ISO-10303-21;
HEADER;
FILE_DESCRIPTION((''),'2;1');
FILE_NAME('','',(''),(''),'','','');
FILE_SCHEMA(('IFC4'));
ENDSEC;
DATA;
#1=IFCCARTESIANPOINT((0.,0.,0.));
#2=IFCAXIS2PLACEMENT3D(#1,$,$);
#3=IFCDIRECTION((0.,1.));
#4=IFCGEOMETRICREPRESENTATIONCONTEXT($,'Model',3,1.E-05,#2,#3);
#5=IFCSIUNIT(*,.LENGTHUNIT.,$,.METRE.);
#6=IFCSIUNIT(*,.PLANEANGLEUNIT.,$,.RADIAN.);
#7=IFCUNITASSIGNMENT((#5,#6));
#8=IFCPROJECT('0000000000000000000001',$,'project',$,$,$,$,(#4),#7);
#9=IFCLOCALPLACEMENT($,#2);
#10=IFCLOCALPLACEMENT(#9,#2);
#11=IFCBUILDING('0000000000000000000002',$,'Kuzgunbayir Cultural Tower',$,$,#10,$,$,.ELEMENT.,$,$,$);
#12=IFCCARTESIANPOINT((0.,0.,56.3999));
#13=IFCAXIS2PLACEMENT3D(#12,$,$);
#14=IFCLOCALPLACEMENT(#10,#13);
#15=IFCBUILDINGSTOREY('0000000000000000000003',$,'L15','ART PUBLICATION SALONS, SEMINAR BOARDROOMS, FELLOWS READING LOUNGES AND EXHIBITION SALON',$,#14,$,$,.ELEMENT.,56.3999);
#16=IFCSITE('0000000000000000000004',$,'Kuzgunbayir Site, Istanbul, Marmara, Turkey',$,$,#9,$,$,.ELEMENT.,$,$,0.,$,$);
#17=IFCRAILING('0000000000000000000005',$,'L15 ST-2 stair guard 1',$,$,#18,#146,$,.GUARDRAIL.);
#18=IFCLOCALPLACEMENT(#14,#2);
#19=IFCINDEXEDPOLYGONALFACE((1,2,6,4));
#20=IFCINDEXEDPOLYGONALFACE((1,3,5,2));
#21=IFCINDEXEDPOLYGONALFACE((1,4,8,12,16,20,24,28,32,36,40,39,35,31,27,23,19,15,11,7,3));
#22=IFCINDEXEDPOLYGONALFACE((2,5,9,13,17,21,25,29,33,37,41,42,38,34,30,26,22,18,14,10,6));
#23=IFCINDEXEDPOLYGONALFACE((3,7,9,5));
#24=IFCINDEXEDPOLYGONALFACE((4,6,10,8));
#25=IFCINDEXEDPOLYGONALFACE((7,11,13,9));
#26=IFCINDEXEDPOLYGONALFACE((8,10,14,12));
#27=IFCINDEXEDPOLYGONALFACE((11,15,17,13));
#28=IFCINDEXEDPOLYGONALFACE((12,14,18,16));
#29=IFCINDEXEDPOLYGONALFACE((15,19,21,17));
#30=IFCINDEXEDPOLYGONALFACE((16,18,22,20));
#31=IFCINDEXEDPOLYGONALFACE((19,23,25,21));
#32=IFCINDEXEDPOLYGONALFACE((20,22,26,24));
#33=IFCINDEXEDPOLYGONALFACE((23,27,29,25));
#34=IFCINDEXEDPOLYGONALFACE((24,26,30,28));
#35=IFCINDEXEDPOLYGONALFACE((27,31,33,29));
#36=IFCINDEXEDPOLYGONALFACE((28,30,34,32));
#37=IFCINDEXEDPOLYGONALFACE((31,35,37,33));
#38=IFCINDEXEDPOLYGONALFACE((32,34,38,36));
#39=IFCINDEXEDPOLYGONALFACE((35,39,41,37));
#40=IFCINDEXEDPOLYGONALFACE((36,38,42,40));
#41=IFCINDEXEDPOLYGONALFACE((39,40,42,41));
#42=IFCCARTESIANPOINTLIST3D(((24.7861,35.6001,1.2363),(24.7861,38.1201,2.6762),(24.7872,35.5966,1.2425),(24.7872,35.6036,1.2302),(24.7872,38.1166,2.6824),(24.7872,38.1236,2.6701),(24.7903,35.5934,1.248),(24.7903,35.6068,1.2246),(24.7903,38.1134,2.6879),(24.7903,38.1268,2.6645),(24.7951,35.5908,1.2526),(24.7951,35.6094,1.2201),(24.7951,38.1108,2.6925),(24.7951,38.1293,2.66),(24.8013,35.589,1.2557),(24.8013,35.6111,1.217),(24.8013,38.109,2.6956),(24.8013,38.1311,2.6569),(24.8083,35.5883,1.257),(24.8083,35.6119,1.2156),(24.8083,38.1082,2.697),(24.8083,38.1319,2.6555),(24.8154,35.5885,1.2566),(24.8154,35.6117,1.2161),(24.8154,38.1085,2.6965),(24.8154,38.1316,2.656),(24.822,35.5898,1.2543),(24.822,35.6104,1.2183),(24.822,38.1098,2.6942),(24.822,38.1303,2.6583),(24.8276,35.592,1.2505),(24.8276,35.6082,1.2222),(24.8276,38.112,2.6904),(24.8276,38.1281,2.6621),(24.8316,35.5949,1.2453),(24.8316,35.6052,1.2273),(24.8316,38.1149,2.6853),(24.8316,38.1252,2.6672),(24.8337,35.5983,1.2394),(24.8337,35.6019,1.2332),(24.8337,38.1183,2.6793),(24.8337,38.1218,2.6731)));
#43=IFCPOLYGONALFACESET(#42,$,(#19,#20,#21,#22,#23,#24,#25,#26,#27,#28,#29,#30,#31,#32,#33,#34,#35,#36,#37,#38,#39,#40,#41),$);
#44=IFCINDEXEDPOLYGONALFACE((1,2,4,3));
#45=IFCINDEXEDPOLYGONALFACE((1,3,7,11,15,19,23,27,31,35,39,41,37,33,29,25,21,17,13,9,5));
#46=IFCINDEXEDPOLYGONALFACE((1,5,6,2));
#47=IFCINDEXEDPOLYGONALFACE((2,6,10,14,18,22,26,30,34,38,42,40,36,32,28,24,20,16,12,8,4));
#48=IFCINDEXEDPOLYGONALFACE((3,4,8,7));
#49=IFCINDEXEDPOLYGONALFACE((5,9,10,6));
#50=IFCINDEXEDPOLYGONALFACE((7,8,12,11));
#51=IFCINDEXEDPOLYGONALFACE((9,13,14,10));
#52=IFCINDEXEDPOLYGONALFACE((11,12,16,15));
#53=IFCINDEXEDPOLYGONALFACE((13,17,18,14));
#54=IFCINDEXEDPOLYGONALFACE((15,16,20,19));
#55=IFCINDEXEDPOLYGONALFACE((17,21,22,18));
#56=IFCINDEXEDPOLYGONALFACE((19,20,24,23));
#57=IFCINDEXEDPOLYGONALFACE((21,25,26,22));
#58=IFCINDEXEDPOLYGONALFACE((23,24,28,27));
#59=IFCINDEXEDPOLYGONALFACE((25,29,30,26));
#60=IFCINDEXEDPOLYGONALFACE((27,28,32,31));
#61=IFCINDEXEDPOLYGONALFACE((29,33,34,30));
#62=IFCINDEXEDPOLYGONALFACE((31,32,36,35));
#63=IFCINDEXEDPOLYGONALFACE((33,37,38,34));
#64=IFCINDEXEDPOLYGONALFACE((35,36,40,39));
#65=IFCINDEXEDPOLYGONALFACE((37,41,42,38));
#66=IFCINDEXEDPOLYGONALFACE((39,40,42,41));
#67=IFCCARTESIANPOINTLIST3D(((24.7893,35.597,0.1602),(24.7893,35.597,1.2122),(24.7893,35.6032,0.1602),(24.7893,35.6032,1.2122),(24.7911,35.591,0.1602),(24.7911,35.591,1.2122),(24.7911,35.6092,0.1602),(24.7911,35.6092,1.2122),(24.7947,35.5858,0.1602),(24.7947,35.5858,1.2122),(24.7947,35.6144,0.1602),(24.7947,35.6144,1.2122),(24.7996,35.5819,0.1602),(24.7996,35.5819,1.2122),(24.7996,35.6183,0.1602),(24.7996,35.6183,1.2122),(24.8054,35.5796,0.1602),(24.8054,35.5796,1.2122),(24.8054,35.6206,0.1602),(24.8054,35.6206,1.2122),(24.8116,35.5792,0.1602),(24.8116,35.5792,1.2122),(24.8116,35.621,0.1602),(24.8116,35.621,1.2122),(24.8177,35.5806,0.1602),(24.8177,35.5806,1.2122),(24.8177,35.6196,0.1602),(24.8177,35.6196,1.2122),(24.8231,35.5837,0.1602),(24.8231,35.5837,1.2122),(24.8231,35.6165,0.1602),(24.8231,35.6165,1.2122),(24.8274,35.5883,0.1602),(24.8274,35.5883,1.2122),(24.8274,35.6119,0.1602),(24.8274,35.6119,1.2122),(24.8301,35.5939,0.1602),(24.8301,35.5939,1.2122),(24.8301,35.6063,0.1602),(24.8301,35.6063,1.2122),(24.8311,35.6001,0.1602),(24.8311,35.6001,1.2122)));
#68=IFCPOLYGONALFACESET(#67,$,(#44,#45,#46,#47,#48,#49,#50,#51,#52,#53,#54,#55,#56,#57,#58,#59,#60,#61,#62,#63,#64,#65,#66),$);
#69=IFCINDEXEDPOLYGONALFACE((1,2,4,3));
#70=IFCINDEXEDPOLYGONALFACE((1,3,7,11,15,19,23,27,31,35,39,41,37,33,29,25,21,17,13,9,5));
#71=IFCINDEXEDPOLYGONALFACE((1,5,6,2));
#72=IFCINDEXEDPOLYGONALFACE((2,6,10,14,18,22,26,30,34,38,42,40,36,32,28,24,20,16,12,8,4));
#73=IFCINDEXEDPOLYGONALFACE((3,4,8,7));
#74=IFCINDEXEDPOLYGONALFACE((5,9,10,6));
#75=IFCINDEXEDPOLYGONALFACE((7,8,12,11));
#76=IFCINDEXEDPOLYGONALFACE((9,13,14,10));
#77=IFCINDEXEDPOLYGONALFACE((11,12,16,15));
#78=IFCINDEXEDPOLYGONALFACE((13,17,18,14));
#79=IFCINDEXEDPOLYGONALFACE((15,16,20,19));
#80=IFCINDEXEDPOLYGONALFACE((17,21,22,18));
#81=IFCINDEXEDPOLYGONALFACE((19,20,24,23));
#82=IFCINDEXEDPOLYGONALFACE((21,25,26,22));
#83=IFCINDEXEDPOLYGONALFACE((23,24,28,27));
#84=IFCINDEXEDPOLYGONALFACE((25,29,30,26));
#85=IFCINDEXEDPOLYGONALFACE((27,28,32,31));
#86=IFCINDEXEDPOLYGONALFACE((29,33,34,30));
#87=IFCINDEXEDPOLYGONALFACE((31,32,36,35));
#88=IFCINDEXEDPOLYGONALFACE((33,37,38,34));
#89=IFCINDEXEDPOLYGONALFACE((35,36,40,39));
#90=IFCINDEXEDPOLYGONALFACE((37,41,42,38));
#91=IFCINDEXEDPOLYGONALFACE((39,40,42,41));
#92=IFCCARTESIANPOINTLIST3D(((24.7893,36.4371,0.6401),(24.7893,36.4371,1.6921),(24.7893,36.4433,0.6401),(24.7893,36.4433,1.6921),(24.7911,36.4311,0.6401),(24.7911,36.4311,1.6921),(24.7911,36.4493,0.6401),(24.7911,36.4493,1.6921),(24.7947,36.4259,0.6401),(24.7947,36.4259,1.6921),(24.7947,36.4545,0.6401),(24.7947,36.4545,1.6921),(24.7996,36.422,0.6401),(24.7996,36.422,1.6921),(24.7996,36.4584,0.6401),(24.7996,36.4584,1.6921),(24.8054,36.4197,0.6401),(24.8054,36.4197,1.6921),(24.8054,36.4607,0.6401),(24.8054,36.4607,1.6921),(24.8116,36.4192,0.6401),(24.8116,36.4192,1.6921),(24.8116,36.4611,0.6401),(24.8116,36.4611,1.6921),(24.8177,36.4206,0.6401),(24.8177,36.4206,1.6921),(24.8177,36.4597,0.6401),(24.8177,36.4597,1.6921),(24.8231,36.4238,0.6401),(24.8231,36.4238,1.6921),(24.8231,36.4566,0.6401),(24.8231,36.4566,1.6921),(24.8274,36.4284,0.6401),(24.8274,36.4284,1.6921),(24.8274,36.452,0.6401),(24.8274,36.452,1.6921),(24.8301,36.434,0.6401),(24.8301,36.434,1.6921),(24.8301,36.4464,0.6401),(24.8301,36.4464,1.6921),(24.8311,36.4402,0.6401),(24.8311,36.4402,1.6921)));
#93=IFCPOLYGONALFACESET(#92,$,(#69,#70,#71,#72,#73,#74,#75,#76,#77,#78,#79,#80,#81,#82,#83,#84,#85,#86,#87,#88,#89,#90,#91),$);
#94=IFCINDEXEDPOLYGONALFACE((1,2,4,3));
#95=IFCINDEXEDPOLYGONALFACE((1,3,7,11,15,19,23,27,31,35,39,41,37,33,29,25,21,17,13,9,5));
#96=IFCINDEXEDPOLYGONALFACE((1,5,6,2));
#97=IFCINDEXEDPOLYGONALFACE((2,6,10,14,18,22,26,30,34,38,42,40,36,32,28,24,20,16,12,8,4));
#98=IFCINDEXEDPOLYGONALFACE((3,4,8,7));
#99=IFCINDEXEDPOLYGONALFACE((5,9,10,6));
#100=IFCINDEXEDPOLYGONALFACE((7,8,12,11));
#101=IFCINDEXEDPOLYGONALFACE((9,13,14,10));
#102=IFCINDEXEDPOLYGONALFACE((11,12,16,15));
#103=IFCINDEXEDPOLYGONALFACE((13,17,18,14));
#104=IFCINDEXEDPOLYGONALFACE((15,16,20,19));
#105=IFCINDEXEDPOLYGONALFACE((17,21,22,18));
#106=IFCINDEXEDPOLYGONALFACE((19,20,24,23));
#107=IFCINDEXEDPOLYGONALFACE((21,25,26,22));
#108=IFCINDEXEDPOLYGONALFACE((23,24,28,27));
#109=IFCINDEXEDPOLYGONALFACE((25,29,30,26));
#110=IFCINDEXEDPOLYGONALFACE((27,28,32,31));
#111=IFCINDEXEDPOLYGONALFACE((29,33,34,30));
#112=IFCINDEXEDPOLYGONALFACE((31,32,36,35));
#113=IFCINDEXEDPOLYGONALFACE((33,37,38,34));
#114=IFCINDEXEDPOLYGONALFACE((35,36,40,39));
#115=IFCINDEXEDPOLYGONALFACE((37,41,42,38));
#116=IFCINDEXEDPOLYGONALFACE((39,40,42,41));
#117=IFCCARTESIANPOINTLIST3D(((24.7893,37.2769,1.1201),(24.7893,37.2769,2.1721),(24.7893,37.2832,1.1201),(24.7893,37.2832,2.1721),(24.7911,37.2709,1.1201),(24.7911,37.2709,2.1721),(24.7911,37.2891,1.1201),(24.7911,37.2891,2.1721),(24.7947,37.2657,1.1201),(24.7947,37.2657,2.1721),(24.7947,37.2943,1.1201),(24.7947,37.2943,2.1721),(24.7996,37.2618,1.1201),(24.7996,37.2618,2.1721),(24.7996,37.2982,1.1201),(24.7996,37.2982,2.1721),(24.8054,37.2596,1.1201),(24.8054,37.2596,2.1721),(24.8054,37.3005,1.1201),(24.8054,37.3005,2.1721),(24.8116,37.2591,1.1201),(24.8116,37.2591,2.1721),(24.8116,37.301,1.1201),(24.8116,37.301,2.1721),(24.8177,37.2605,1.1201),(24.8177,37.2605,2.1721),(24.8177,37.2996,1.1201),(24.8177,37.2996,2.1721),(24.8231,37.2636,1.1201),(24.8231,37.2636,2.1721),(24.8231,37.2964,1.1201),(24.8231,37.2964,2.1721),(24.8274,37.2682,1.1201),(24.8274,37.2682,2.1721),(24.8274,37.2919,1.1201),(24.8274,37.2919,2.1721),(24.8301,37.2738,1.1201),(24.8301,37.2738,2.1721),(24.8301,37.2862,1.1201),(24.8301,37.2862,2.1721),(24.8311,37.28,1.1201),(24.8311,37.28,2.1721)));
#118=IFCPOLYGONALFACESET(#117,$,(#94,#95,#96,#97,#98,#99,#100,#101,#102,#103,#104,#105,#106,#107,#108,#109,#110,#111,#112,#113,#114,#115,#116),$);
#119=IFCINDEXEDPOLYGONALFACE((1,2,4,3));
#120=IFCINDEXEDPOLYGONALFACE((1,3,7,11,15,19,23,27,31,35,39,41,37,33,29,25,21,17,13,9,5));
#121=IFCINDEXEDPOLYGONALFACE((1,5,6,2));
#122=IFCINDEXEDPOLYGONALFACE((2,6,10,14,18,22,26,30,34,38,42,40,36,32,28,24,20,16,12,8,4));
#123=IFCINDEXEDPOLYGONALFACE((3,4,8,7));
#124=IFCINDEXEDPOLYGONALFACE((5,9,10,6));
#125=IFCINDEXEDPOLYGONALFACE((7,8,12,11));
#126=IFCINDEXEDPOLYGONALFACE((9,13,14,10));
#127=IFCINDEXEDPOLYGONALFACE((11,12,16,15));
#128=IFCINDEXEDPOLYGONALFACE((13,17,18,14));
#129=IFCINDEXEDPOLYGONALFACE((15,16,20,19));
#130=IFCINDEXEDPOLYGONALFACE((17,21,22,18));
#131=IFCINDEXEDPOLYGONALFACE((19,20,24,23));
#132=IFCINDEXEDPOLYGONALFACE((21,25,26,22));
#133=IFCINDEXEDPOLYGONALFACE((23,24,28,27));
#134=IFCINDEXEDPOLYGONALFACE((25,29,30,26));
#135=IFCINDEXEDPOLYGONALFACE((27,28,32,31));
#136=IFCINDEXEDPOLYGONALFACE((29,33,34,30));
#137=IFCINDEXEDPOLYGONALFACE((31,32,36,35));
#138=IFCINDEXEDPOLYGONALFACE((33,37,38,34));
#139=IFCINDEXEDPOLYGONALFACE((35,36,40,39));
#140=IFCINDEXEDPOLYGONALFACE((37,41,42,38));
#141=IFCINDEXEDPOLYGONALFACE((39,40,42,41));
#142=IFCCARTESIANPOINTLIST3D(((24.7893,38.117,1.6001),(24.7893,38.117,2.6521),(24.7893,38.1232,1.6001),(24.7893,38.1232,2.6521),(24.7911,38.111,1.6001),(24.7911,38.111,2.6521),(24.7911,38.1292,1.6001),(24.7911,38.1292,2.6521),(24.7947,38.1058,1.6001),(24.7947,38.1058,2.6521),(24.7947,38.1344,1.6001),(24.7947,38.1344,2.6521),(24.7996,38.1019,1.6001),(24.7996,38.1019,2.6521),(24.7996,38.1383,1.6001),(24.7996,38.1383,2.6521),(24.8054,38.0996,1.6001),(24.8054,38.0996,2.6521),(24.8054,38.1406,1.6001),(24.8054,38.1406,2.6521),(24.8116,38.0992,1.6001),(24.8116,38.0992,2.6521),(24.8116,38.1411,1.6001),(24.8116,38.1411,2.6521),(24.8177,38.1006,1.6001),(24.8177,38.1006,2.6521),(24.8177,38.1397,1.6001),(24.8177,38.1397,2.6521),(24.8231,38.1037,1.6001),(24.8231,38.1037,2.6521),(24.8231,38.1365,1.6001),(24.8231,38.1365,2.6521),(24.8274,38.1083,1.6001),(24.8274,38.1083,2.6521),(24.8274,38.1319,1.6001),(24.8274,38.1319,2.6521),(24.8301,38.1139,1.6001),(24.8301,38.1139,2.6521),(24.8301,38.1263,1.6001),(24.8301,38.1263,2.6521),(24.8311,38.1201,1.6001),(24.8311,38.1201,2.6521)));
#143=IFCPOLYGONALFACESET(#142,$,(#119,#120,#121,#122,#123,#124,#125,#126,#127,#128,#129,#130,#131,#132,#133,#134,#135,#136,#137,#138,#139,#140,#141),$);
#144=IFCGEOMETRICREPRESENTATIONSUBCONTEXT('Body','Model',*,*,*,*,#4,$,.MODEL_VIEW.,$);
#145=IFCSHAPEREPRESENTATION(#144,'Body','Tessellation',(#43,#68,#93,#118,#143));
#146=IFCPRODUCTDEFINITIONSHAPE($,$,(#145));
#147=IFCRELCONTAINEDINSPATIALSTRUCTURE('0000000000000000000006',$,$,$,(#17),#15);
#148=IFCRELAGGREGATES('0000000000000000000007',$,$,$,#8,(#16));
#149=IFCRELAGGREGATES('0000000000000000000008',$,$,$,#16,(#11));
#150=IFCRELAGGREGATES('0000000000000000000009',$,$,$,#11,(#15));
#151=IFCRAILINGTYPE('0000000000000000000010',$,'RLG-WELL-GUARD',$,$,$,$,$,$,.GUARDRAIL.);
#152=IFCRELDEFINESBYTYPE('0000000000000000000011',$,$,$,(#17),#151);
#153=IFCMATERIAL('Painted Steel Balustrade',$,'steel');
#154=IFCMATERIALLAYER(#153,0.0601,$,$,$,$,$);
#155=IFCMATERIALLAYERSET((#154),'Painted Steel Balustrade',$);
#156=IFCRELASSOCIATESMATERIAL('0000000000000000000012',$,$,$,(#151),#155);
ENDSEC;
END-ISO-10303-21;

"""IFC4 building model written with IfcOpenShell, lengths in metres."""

from ifc_helpers import new_model, si_unit, direction, frame, origin, origin_2d, place, context, subcontext, project, spatial, circle, extrude, material, layer, layer_set, type_object, element, save


model = new_model("IFC4")

# Units and contexts
model_context = context("Model", 3, precision=1e-05, world=origin(), true_north=direction((0.0, 1.0)))
body_context = subcontext(model_context, "Body", "Model", "MODEL_VIEW")
ifc_project = project(units=[si_unit("LENGTHUNIT", "METRE"), si_unit("PLANEANGLEUNIT", "RADIAN")], contexts=[model_context])

# Site, building, storey
site_placement = place(None, origin())
site = spatial("IfcSite", under=ifc_project, at=site_placement, Name="Kuzgunbayir Site, Istanbul, Marmara, Turkey", CompositionType="ELEMENT", RefElevation=0.0)
building_placement = place(site_placement, origin())
building = spatial("IfcBuilding", under=site, at=building_placement, Name="Kuzgunbayir Cultural Tower", CompositionType="ELEMENT")
storey_placement = place(building_placement, frame((0.0, 0.0, 56.3999)))
storey = spatial("IfcBuildingStorey", under=building, at=storey_placement, Name="L15", Description="ART PUBLICATION SALONS, SEMINAR BOARDROOMS, FELLOWS READING LOUNGES AND EXHIBITION SALON", CompositionType="ELEMENT", Elevation=56.3999)

# Railing
ifc_material_1 = material(Name="Painted Steel Balustrade", Category="steel")
ifc_layer_1 = layer(ifc_material_1, 0.0601)
ifc_layer_set_1 = layer_set([ifc_layer_1], Name="Painted Steel Balustrade")
railing_type_1 = type_object("IfcRailingType", Name="RLG-WELL-GUARD", PredefinedType="GUARDRAIL", material=ifc_layer_set_1)
railing_1_placement = place(storey_placement, frame((24.8101, 35.6001, 0.1602)))
element("IfcRailing", 1, at=railing_1_placement, inside=storey, type_object=railing_type_1, Name="L15 ST-2 stair guard 1", PredefinedType="GUARDRAIL", context=body_context, shape_type="SweptSolid", body=[
    extrude(circle(Radius=0.0239, at=origin_2d()), frame((0.0, 0.0, 1.0762), z_axis=(0.0, 0.868253, 0.496121), x_axis=(-1.0, 0.0, 0.0)), (0.0, 0.0, 1.0), 2.9023),
    extrude(circle(Radius=0.021, at=origin_2d()), origin(), (0.0, 0.0, 1.0), 1.052),
    extrude(circle(Radius=0.021, at=origin_2d()), frame((0.0, 0.8401, 0.48)), (0.0, 0.0, 1.0), 1.052),
    extrude(circle(Radius=0.021, at=origin_2d()), frame((0.0, 1.6799, 0.96)), (0.0, 0.0, 1.0), 1.052),
    extrude(circle(Radius=0.021, at=origin_2d()), frame((0.0, 2.52, 1.4399)), (0.0, 0.0, 1.0), 1.052),
])

save(model, "model.ifc")
